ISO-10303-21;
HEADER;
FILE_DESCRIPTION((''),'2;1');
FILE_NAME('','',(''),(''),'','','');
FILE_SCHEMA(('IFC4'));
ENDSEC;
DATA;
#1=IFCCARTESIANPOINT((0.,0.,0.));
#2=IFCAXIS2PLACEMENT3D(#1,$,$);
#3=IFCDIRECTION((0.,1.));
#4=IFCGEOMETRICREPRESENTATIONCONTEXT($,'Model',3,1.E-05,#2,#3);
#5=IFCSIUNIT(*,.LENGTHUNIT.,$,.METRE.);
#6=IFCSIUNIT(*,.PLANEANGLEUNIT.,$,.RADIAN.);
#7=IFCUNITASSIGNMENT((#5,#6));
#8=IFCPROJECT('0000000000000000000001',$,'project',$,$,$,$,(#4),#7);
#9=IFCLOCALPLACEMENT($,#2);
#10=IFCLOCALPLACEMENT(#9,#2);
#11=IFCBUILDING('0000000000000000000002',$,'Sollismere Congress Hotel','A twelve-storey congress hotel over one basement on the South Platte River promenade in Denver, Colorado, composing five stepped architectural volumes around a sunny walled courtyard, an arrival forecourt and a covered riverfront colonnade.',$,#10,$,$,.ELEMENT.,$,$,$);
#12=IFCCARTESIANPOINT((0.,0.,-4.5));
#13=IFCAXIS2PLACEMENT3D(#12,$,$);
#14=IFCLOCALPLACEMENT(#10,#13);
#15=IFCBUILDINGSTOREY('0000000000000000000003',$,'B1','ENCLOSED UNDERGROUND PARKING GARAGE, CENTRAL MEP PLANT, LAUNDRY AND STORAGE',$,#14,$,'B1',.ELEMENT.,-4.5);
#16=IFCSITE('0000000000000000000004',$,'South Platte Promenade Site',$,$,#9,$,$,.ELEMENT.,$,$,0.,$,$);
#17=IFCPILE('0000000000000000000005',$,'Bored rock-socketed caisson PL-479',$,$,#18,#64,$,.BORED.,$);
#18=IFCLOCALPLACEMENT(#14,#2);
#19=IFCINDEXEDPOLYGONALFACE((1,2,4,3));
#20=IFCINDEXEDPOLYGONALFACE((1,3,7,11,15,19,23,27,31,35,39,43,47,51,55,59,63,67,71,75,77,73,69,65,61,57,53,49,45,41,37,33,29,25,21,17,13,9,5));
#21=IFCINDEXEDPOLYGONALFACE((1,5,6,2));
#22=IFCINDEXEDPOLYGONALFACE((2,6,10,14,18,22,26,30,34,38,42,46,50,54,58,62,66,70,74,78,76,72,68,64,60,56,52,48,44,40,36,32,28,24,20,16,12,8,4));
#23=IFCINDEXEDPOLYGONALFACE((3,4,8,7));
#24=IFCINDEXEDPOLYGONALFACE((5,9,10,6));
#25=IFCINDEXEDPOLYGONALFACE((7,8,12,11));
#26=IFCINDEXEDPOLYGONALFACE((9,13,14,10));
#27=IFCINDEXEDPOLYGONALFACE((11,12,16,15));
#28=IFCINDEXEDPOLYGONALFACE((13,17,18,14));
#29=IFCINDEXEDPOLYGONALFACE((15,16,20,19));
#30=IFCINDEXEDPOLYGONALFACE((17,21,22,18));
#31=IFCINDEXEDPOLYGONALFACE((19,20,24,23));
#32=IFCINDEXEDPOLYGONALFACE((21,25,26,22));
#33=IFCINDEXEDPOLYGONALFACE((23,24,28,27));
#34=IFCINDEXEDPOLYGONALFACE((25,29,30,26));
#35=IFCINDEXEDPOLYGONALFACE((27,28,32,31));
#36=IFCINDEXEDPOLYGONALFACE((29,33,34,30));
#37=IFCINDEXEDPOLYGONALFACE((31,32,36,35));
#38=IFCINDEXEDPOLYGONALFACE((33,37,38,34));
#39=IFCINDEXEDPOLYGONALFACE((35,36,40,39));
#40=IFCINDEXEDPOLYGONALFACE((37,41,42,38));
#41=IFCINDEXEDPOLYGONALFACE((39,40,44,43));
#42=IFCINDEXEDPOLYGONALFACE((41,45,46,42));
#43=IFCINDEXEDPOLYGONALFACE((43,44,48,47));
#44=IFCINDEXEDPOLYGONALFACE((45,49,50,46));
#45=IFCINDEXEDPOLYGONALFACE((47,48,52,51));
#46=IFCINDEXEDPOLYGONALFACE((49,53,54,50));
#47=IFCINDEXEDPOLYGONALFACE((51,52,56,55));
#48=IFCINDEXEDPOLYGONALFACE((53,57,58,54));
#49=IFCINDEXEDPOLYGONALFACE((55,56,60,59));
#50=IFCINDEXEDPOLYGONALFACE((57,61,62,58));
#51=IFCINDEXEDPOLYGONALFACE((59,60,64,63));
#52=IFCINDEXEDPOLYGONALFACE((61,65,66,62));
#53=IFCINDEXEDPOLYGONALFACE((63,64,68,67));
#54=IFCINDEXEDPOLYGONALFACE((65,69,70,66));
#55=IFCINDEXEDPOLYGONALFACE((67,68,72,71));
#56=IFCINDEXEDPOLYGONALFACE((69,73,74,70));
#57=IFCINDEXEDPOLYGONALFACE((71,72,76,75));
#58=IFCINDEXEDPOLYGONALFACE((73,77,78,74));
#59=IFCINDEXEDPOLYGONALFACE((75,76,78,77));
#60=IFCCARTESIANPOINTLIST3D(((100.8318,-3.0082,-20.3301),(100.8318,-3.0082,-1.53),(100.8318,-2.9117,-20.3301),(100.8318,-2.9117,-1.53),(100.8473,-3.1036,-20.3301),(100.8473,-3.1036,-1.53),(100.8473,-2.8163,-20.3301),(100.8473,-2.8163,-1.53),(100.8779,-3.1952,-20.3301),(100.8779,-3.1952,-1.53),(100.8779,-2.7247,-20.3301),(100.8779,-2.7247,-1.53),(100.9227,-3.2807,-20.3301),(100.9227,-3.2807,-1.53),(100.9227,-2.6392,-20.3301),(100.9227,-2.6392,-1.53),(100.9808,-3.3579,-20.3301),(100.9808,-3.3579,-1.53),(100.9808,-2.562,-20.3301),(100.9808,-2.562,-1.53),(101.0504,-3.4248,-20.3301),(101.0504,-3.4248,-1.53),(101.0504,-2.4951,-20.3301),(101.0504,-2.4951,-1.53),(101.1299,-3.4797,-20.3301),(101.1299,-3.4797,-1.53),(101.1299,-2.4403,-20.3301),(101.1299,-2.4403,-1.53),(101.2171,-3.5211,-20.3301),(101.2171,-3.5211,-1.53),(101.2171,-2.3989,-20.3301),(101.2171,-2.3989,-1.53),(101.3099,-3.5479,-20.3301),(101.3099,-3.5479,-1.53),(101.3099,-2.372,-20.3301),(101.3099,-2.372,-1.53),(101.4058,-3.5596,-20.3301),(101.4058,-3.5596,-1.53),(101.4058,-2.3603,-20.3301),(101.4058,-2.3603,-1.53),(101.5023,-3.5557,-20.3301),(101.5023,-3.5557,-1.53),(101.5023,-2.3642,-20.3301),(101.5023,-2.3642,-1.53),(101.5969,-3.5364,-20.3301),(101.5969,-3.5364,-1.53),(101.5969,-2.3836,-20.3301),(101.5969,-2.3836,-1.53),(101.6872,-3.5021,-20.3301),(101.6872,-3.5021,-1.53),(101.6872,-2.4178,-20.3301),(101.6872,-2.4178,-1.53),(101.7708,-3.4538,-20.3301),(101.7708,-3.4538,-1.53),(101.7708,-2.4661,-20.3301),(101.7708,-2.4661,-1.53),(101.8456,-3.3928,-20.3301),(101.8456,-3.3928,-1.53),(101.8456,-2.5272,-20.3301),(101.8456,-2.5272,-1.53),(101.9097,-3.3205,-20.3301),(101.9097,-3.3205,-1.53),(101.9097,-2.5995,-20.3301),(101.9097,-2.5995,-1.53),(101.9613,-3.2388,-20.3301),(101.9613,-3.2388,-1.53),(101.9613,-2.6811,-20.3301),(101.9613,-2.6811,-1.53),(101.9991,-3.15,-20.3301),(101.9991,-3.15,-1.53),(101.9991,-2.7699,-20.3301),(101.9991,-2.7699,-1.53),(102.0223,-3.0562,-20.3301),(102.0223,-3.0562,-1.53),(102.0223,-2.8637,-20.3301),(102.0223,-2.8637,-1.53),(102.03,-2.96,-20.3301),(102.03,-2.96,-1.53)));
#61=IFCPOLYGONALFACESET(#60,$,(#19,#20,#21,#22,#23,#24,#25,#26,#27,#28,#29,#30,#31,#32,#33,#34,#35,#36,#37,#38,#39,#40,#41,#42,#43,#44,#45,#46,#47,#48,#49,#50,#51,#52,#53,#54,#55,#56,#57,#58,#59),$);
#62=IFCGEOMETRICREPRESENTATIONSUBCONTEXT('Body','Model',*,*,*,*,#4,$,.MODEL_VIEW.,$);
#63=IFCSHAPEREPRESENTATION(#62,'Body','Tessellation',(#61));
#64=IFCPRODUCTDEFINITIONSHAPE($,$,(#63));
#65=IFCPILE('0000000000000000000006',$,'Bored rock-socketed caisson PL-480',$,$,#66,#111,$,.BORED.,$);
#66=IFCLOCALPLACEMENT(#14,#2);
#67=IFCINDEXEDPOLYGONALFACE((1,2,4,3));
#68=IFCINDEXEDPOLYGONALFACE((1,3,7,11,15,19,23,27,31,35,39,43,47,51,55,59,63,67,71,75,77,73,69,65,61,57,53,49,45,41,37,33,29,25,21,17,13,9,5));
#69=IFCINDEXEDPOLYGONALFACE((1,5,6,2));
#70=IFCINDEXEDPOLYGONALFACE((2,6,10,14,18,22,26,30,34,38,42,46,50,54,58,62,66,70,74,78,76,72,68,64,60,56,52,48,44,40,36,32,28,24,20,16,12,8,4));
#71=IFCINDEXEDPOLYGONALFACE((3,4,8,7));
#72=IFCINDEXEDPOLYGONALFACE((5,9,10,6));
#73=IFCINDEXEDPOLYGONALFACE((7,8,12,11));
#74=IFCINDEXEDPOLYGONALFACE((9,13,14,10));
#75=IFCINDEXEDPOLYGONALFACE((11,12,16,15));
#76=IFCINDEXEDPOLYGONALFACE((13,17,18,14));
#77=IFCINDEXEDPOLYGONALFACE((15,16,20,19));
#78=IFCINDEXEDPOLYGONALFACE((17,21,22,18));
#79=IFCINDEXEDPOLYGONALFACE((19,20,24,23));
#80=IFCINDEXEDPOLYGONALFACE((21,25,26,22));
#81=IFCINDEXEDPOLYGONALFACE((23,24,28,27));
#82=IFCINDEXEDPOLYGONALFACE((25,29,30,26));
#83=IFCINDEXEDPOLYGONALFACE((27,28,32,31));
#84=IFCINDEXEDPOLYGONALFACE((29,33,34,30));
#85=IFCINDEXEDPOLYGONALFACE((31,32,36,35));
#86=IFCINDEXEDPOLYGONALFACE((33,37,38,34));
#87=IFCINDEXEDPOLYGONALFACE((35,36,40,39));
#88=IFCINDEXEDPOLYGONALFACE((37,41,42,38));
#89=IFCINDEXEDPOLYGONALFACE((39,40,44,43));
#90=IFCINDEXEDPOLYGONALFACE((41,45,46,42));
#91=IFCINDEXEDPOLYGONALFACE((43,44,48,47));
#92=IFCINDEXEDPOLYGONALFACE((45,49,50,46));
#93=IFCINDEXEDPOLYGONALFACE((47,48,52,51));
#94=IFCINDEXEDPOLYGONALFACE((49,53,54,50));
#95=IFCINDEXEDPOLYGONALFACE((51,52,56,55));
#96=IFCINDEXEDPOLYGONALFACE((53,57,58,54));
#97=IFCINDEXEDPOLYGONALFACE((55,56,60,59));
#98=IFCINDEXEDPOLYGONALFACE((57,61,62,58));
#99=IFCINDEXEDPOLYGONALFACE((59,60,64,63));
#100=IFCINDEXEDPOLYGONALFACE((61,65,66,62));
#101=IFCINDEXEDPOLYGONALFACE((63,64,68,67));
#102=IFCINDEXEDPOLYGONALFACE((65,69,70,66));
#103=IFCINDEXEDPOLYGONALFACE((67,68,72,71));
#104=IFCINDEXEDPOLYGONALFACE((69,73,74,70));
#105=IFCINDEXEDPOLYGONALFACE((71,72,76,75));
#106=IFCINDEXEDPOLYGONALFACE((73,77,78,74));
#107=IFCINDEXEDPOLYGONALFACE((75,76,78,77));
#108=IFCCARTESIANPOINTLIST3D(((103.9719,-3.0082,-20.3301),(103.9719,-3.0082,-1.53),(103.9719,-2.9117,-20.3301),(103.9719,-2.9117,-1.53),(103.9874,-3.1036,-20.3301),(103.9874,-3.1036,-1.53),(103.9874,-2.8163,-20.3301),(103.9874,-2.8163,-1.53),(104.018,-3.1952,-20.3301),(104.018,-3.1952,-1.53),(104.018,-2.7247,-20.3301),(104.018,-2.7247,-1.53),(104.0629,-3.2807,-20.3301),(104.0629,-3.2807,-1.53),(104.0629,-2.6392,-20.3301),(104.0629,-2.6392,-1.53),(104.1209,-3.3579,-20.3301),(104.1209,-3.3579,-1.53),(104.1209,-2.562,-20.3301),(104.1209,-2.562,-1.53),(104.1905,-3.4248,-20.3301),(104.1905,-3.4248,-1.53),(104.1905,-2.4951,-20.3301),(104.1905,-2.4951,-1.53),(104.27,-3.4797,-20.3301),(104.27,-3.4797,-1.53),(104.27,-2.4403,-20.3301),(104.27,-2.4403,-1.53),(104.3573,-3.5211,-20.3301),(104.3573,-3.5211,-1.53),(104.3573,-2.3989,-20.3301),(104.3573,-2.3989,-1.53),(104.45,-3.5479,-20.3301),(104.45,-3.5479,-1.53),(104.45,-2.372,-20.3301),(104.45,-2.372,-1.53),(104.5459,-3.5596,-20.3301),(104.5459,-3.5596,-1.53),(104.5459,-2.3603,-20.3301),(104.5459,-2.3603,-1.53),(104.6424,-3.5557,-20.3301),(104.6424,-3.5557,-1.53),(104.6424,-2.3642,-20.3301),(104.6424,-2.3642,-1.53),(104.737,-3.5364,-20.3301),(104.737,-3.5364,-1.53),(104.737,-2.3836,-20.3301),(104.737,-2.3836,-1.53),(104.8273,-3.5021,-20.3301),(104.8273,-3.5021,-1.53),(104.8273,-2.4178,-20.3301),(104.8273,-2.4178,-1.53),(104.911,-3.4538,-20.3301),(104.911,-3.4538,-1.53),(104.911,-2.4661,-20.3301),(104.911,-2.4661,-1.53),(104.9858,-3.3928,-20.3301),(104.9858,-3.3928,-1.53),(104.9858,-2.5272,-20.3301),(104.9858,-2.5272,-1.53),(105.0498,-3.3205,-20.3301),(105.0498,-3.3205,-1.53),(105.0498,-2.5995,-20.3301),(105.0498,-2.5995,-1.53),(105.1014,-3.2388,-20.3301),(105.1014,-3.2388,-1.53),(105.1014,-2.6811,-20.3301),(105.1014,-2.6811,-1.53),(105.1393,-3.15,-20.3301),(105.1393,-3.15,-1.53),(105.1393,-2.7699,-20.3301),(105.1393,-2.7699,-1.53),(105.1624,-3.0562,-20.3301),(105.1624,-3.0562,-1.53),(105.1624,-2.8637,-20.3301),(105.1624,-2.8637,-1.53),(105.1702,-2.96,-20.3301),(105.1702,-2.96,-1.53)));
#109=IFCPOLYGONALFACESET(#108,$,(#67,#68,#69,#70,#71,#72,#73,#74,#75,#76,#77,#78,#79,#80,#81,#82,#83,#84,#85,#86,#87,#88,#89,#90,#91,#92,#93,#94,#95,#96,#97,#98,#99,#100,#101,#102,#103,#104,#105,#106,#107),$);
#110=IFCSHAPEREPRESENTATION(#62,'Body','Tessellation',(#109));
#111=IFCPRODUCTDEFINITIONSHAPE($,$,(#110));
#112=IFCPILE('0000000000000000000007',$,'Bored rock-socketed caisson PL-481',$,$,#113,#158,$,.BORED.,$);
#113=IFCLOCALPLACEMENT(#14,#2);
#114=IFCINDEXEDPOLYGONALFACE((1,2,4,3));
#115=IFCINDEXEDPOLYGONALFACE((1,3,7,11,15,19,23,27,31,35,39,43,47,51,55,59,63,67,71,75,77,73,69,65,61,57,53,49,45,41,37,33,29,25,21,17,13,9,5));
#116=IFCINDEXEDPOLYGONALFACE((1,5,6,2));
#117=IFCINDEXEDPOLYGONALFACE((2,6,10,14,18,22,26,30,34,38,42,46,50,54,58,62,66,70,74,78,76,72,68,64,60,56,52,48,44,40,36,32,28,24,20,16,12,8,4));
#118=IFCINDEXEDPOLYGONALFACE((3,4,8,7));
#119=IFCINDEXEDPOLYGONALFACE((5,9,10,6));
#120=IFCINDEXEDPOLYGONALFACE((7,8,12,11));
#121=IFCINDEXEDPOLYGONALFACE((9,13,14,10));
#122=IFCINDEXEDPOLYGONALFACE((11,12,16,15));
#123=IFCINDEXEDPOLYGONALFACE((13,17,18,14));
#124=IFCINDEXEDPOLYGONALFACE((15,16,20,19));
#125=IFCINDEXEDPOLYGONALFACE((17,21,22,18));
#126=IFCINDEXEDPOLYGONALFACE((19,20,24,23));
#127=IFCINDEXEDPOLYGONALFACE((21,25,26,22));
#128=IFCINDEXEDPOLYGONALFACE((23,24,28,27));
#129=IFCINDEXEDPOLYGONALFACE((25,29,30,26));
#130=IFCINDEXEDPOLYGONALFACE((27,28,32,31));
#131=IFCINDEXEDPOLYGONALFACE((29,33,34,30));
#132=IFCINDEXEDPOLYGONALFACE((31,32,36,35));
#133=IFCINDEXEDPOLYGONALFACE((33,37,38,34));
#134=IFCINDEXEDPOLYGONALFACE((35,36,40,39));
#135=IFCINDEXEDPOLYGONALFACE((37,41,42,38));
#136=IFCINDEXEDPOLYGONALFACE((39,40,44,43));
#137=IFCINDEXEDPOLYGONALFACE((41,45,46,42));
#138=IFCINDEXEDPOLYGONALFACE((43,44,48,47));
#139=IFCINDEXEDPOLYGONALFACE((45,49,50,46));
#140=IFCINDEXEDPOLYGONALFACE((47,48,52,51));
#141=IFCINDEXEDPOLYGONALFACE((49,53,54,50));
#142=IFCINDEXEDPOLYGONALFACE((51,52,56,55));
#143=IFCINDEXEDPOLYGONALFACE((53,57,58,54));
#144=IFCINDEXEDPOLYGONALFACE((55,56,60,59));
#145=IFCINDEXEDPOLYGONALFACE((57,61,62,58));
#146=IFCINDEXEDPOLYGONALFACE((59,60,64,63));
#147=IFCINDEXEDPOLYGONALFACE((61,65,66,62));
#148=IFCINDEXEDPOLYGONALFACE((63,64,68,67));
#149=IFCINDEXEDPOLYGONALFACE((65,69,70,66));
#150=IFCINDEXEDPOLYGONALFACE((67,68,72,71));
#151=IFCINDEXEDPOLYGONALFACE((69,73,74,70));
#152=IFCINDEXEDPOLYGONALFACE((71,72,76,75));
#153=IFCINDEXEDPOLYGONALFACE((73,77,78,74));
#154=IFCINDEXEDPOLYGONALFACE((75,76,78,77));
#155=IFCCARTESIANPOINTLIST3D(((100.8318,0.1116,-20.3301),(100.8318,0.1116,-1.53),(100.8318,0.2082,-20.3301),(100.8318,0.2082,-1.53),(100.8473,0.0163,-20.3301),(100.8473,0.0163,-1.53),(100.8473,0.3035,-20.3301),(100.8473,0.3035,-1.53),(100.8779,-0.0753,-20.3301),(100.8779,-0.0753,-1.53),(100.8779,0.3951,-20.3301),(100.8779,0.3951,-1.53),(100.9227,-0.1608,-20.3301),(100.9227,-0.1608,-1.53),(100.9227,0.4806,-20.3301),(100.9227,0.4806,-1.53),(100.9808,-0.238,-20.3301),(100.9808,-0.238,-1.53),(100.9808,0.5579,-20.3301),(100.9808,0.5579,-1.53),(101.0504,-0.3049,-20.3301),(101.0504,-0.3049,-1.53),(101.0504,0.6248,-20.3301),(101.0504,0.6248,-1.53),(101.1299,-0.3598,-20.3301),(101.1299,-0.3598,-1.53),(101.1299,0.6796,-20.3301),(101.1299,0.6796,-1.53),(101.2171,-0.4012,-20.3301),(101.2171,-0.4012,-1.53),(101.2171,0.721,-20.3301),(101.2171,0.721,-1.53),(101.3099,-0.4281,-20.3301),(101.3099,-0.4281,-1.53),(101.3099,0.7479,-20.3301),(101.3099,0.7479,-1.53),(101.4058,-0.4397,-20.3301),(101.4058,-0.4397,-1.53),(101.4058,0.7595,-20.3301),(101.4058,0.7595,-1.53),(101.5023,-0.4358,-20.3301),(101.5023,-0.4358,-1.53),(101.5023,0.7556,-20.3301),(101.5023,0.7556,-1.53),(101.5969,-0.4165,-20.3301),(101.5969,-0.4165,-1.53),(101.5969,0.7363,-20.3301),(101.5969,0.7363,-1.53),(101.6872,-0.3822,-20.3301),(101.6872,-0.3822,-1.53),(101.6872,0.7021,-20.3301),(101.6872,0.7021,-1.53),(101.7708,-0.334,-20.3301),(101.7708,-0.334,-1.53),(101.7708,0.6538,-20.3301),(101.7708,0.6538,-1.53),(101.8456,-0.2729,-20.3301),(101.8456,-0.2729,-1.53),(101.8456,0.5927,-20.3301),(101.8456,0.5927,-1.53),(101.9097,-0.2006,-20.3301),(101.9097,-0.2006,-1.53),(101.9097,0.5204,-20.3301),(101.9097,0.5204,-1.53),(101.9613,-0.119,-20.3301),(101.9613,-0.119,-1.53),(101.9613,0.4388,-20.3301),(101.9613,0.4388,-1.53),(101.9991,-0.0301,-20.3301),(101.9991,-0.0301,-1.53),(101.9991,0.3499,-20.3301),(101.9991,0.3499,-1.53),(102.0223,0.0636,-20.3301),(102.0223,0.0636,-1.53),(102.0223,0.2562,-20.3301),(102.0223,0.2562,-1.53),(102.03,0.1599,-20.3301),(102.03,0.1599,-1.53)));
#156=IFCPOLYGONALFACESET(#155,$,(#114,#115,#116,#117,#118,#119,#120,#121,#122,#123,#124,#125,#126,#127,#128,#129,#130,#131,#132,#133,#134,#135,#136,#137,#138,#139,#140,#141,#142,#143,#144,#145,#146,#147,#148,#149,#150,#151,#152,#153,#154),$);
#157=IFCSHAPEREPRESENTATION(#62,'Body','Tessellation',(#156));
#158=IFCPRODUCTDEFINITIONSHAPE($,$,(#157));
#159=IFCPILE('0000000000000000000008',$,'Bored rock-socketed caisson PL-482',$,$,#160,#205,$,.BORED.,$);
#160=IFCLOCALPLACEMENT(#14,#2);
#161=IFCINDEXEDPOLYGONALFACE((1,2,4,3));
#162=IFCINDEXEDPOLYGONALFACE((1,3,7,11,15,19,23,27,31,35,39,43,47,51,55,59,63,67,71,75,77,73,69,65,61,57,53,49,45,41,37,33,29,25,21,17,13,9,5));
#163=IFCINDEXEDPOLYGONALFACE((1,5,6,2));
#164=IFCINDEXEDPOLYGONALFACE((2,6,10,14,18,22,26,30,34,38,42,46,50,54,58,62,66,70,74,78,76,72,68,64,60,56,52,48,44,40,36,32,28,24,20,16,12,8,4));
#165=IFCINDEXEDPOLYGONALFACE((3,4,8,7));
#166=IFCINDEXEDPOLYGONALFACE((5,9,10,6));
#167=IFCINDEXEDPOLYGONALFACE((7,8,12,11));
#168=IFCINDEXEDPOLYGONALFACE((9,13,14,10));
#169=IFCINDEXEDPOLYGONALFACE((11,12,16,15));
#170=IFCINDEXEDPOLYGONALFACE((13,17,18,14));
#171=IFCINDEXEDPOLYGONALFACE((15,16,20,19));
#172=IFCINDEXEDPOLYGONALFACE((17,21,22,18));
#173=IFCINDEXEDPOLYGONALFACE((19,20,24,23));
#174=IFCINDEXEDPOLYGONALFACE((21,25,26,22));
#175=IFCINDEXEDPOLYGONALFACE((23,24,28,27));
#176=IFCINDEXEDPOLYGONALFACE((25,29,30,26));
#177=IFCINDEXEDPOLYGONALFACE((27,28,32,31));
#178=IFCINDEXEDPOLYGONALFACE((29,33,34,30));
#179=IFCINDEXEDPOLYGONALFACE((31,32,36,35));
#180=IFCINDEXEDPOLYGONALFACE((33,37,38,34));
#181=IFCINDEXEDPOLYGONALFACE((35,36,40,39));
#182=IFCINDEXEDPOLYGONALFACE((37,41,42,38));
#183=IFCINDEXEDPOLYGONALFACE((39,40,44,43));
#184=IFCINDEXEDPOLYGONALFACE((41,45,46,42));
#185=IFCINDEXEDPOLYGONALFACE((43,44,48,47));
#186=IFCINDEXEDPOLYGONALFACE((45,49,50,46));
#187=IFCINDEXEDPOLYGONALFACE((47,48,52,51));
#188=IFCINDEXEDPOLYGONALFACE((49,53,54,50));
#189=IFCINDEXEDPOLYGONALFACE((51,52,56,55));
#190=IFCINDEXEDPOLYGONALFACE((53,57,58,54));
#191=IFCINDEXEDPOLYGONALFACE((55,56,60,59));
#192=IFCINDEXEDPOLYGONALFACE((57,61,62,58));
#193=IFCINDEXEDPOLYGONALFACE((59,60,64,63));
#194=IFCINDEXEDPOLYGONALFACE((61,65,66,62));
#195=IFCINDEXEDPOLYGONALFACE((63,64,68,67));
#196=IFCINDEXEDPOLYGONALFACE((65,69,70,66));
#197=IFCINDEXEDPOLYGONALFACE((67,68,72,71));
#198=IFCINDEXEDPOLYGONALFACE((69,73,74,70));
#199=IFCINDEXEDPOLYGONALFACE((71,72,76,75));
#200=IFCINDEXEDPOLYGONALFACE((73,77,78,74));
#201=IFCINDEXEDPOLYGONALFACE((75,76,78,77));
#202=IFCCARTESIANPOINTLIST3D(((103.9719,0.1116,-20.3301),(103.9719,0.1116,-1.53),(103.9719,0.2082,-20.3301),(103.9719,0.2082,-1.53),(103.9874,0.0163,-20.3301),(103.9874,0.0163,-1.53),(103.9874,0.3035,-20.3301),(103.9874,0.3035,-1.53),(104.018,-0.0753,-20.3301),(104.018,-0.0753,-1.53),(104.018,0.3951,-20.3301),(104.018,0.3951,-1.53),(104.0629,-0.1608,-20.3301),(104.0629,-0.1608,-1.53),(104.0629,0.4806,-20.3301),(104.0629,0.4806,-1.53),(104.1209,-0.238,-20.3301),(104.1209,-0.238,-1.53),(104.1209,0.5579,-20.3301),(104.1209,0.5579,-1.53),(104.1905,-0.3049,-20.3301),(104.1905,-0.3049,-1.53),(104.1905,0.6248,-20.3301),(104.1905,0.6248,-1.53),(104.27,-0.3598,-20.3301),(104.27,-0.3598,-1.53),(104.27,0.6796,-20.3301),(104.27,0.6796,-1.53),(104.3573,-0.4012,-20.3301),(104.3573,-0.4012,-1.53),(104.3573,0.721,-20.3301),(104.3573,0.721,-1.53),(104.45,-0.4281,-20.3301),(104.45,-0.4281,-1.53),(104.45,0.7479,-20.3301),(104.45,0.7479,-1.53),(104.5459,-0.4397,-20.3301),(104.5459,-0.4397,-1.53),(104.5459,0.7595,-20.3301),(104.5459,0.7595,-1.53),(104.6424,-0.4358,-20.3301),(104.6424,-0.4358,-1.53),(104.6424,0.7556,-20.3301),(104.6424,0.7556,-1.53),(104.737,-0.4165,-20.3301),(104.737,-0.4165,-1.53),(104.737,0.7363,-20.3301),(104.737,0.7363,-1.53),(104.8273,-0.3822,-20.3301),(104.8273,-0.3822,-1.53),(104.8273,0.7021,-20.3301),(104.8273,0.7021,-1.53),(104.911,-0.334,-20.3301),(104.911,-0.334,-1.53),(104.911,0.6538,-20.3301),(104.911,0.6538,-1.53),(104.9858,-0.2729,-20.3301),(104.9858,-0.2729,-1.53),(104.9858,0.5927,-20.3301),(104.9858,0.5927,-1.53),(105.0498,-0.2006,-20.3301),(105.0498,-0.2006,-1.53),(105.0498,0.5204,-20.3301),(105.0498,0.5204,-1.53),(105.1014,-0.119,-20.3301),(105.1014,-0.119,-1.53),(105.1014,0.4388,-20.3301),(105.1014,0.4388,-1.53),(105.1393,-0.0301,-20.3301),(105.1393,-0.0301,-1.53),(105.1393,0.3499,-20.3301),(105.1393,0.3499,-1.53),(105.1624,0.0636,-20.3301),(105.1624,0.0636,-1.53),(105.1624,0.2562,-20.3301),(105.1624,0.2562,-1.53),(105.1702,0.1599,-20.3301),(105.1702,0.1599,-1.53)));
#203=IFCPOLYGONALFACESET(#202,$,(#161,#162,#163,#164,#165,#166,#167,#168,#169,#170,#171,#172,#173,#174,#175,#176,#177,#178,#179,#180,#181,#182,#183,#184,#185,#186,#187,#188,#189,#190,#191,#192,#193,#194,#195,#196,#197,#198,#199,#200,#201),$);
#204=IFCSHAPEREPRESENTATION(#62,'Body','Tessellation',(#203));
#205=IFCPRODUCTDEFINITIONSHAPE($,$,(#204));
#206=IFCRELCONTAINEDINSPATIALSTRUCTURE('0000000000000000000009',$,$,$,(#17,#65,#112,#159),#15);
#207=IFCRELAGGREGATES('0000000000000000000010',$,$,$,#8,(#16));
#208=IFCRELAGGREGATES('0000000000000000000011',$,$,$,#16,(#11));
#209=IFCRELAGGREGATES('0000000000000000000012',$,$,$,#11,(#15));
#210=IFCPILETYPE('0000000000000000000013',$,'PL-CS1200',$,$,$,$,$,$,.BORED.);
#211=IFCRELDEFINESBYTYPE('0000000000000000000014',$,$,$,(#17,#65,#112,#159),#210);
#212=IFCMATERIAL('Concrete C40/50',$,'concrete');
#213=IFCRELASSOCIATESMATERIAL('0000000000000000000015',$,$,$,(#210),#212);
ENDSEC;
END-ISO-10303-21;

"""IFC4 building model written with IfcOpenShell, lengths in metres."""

from ifc_helpers import new_model, si_unit, direction, frame, origin, origin_2d, place, context, subcontext, project, spatial, circle, extrude, material, material_profile, profile_set, type_object, element, save


model = new_model("IFC4")

# Units and contexts
model_context = context("Model", 3, precision=1e-05, world=origin(), true_north=direction((0.0, 1.0)))
body_context = subcontext(model_context, "Body", "Model", "MODEL_VIEW")
ifc_project = project(units=[si_unit("LENGTHUNIT", "METRE"), si_unit("PLANEANGLEUNIT", "RADIAN")], contexts=[model_context])

# Site, building, storey
site_placement = place(None, origin())
site = spatial("IfcSite", under=ifc_project, at=site_placement, Name="South Platte Promenade Site", CompositionType="ELEMENT", RefElevation=0.0)
building_placement = place(site_placement, origin())
building = spatial("IfcBuilding", under=site, at=building_placement, Name="Sollismere Congress Hotel", Description="A twelve-storey congress hotel over one basement on the South Platte River promenade in Denver, Colorado, composing five stepped architectural volumes around a sunny walled courtyard, an arrival forecourt and a covered riverfront colonnade.", CompositionType="ELEMENT")
storey_placement = place(building_placement, frame((0.0, 0.0, -4.5)))
storey = spatial("IfcBuildingStorey", under=building, at=storey_placement, Name="B1", Description="ENCLOSED UNDERGROUND PARKING GARAGE, CENTRAL MEP PLANT, LAUNDRY AND STORAGE", LongName="B1", CompositionType="ELEMENT", Elevation=-4.5)

# Shared definitions
ifc_material_1 = material(Name="Concrete C40/50", Category="concrete")

# Piles
ifc_material_profile_1 = material_profile(ifc_material_1, circle(Radius=0.6001, at=origin_2d()), Name="CAISSON1200")
ifc_profile_set_1 = profile_set([ifc_material_profile_1], Name="Concrete C40/50")
pile_type = type_object("IfcPileType", Name="PL-CS1200", PredefinedType="BORED", material=ifc_profile_set_1)
for number, where, z_axis, x_axis, name in (
    (1, (101.4299, -2.96, -1.53), (0.0, 0.0, -1.0), (1.0, 0.0, 0.0), "Bored rock-socketed caisson PL-479"),
    (2, (104.5701, -2.96, -1.53), (0.0, 0.0, -1.0), (1.0, 0.0, 0.0), "Bored rock-socketed caisson PL-480"),
    (3, (101.4299, 0.1599, -1.53), (0.0, 0.0, -1.0), (1.0, 0.0, 0.0), "Bored rock-socketed caisson PL-481"),
    (4, (104.5701, 0.1599, -1.53), (0.0, 0.0, -1.0), (1.0, 0.0, 0.0), "Bored rock-socketed caisson PL-482"),
):
    element("IfcPile", number, at=place(storey_placement, frame(where, z_axis=z_axis, x_axis=x_axis)), inside=storey, type_object=pile_type, Name=name, PredefinedType="BORED", context=body_context, shape_type="SweptSolid", body=[
        extrude(circle(Radius=0.6001, at=origin_2d()), origin(), (0.0, 0.0, 1.0), 18.8),
    ])

save(model, "model.ifc")
